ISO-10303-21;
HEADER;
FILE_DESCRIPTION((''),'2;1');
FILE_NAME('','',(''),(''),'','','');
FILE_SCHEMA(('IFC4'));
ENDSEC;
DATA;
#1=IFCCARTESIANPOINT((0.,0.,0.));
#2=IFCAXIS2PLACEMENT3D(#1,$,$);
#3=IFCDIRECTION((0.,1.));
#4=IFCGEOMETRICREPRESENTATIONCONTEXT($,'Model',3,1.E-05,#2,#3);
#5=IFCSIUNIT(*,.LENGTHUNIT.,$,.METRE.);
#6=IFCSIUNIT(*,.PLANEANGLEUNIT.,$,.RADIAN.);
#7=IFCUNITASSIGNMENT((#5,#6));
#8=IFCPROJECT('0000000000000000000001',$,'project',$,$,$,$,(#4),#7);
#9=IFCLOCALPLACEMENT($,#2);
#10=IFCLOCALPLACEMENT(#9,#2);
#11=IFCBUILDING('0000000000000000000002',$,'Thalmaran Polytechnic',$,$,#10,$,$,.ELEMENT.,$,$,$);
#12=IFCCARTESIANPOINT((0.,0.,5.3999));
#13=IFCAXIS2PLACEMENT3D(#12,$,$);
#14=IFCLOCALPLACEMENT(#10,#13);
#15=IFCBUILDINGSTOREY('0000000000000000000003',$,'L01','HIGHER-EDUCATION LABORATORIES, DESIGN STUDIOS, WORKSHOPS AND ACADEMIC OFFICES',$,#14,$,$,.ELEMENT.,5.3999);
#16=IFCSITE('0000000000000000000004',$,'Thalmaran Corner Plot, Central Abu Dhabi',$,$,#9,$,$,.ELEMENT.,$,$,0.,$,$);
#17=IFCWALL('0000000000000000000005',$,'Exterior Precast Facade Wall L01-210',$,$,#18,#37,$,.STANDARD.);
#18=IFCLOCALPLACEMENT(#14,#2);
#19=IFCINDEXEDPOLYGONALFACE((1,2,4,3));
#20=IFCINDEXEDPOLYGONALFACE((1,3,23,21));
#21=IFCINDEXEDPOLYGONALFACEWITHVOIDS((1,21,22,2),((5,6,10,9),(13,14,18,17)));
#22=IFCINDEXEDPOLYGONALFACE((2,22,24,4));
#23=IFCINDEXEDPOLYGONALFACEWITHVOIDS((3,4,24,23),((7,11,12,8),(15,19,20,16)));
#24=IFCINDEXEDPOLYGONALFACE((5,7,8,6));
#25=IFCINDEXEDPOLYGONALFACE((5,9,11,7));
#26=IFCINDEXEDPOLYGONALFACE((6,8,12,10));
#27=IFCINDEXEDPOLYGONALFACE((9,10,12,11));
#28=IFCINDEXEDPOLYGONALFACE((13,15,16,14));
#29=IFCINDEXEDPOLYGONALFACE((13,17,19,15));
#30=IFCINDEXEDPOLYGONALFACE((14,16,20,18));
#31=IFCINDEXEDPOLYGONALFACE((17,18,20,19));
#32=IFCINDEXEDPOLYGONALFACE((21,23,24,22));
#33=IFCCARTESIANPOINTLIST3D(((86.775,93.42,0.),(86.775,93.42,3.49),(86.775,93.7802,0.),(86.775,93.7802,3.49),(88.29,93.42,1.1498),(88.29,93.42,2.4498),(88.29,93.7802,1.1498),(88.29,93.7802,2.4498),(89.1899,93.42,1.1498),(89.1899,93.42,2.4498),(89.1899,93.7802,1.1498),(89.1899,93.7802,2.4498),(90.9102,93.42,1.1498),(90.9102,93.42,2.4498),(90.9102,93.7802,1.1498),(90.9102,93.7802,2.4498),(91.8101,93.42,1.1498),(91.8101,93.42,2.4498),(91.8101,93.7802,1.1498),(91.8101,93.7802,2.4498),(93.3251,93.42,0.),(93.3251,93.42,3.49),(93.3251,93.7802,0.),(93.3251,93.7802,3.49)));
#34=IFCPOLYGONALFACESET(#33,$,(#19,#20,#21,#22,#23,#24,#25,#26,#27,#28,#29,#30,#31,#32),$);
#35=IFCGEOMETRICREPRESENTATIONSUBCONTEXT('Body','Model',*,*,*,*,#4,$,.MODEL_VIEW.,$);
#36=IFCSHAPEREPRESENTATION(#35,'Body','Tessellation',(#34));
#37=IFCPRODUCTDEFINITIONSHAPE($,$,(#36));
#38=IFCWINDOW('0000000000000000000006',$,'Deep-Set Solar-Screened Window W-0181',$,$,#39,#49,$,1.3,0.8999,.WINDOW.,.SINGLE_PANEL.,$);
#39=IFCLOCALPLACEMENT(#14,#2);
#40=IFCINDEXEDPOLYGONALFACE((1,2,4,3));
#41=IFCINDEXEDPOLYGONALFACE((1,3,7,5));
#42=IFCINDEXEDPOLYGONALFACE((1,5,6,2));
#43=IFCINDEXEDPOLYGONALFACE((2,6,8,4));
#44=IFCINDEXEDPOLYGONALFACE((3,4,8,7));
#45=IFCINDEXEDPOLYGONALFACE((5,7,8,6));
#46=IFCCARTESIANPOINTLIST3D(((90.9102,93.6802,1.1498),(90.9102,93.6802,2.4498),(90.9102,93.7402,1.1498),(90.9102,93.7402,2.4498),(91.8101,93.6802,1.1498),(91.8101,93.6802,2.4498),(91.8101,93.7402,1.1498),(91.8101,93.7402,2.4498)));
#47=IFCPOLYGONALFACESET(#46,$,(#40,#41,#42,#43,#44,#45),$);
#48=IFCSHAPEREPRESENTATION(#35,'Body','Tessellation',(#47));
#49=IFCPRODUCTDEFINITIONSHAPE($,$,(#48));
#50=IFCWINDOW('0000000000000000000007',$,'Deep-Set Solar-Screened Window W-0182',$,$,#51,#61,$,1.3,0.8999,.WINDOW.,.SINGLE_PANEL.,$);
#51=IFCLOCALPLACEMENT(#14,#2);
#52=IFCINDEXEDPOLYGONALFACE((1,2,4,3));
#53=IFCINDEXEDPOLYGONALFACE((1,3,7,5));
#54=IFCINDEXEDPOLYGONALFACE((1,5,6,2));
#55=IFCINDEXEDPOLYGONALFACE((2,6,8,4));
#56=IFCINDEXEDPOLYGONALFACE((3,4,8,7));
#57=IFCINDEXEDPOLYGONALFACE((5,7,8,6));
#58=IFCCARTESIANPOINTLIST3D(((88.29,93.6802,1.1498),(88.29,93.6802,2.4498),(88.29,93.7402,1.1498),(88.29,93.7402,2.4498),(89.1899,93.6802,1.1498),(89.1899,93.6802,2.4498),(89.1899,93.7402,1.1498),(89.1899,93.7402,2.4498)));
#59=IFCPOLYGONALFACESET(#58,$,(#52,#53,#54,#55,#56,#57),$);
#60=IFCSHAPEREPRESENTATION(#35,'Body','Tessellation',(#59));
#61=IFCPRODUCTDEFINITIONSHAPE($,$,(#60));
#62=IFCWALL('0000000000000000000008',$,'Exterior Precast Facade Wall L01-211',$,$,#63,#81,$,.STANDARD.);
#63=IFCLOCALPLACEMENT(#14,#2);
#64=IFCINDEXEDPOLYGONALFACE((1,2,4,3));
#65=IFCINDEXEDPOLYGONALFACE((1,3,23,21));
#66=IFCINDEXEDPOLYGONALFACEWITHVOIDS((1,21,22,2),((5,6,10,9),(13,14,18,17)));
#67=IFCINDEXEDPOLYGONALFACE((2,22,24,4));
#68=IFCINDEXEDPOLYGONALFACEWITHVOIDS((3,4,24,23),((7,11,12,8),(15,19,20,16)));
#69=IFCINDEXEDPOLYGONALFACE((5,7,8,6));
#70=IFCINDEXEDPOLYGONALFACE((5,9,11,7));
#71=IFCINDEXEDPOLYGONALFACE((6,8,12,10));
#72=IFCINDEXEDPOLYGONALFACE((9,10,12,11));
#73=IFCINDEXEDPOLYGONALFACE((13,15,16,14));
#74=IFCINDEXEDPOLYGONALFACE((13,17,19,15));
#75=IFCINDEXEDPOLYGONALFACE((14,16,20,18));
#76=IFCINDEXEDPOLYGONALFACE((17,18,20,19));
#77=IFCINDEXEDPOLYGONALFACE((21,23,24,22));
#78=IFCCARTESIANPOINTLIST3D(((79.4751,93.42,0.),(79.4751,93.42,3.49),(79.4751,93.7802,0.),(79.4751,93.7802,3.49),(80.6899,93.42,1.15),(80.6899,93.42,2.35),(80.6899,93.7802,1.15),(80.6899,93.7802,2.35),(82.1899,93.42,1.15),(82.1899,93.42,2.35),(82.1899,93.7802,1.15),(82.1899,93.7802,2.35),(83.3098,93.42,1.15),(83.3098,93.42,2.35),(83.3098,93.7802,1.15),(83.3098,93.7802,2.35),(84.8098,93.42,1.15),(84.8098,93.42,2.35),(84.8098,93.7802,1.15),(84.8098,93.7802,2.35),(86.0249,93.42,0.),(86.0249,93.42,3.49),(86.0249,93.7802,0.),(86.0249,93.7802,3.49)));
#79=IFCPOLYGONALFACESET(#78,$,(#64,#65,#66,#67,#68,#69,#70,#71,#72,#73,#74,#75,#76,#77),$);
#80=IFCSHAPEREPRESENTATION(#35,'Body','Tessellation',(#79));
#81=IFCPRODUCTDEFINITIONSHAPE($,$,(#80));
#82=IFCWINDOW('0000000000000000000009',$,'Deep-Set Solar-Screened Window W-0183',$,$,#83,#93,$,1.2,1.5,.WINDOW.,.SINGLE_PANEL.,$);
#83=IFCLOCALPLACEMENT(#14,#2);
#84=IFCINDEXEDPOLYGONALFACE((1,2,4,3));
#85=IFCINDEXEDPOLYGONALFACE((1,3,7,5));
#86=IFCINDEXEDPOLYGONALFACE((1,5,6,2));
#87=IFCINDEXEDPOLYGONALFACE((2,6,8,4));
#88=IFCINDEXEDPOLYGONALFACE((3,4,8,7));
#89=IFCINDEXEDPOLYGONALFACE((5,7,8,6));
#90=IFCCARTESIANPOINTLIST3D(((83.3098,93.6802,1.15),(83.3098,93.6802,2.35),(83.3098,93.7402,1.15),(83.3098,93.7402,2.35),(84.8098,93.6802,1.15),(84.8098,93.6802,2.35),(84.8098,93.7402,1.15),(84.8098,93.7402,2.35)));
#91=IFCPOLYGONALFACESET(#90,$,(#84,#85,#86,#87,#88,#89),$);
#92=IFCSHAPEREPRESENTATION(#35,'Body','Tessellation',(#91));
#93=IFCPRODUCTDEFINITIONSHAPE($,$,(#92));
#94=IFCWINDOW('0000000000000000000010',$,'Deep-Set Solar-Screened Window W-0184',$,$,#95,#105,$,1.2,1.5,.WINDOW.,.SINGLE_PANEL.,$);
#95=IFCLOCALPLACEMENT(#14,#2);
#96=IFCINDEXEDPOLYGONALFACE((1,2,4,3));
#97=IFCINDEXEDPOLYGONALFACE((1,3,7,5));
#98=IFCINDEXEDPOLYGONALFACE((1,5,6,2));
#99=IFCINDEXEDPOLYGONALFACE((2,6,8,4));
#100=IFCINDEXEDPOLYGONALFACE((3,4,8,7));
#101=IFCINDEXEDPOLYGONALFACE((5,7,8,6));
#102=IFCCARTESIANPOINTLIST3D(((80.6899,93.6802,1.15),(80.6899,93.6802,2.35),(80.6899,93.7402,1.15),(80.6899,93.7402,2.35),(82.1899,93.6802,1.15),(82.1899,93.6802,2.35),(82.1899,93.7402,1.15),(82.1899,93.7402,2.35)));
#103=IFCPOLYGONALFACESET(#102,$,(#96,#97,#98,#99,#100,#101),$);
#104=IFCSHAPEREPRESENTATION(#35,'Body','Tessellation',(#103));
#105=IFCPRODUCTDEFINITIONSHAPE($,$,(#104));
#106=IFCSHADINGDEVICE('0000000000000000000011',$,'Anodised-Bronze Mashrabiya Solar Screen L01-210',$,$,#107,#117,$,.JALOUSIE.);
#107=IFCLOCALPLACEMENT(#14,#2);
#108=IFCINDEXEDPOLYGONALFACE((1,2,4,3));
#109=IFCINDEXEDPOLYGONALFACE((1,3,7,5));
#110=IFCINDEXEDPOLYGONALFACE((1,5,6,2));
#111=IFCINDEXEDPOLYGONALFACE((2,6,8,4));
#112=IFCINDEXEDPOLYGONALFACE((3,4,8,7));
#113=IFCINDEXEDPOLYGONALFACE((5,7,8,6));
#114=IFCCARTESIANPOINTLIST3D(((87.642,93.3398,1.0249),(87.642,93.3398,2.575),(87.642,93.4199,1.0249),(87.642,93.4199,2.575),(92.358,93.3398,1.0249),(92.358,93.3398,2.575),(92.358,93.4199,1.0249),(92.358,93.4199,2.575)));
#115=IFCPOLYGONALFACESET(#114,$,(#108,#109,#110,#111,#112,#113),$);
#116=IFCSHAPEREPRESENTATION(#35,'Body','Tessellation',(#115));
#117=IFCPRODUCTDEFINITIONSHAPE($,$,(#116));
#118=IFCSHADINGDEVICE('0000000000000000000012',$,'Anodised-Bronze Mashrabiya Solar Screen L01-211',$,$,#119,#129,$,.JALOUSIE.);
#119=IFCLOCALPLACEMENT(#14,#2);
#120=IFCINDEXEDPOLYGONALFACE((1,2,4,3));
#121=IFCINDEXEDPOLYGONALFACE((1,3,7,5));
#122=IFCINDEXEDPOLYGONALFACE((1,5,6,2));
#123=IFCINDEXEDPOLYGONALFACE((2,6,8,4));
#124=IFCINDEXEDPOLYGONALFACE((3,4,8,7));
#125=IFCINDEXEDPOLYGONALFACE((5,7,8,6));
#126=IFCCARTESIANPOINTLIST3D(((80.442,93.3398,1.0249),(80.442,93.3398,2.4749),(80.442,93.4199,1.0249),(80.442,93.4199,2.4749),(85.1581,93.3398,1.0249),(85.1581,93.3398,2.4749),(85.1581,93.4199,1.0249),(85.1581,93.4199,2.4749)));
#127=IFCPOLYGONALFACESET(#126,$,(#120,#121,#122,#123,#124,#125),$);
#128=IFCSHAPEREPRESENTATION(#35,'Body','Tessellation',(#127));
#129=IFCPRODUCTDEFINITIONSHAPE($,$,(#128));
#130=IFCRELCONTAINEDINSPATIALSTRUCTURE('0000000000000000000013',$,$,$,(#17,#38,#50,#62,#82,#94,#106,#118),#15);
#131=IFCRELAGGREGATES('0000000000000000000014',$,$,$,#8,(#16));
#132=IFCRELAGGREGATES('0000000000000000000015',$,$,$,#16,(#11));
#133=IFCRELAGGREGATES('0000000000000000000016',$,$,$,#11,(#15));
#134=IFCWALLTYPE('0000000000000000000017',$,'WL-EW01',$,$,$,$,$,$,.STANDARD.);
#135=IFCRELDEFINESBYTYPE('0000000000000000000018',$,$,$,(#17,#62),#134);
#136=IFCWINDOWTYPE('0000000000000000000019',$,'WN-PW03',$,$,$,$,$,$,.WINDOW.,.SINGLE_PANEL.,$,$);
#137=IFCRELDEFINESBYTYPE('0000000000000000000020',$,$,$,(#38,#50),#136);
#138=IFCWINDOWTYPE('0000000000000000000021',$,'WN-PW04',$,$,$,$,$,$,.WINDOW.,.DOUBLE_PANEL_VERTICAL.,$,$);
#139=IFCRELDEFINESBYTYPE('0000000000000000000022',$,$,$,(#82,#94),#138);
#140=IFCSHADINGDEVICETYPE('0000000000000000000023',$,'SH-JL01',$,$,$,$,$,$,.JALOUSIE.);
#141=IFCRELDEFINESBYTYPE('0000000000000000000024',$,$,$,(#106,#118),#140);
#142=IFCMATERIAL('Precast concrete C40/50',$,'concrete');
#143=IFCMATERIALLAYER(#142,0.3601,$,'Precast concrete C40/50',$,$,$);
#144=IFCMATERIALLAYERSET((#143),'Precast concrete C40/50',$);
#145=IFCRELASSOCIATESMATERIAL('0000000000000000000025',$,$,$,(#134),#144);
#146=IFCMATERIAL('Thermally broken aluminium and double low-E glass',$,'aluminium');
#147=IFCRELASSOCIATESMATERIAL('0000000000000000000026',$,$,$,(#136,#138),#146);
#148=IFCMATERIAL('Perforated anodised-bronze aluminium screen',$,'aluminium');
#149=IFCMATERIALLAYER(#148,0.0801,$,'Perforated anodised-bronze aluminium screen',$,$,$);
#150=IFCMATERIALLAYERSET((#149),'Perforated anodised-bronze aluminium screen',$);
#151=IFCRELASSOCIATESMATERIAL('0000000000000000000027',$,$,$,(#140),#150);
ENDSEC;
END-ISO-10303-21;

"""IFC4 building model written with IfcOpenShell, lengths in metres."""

from ifc_helpers import new_model, si_unit, direction, frame, frame_2d, origin, origin_2d, place, context, subcontext, project, spatial, rectangle, extrude, material, layer, layer_set, type_object, element, fill, save


model = new_model("IFC4")

# Units and contexts
model_context = context("Model", 3, precision=1e-05, world=origin(), true_north=direction((0.0, 1.0)))
body_context = subcontext(model_context, "Body", "Model", "MODEL_VIEW")
ifc_project = project(units=[si_unit("LENGTHUNIT", "METRE"), si_unit("PLANEANGLEUNIT", "RADIAN")], contexts=[model_context])

# Site, building, storey
site_placement = place(None, origin())
site = spatial("IfcSite", under=ifc_project, at=site_placement, Name="Thalmaran Corner Plot, Central Abu Dhabi", CompositionType="ELEMENT", RefElevation=0.0)
building_placement = place(site_placement, origin())
building = spatial("IfcBuilding", under=site, at=building_placement, Name="Thalmaran Polytechnic", CompositionType="ELEMENT")
storey_placement = place(building_placement, frame((0.0, 0.0, 5.3999)))
storey = spatial("IfcBuildingStorey", under=building, at=storey_placement, Name="L01", Description="HIGHER-EDUCATION LABORATORIES, DESIGN STUDIOS, WORKSHOPS AND ACADEMIC OFFICES", CompositionType="ELEMENT", Elevation=5.3999)

# Walls, openings, windows
ifc_material_1 = material(Name="Precast concrete C40/50", Category="concrete")
ifc_layer_1 = layer(ifc_material_1, 0.3601, Name="Precast concrete C40/50")
ifc_layer_set_1 = layer_set([ifc_layer_1], Name="Precast concrete C40/50")
wall_type = type_object("IfcWallType", Name="WL-EW01", PredefinedType="STANDARD", material=ifc_layer_set_1)
wall_1_placement = place(storey_placement, frame((93.325, 93.6001, 0.0), z_axis=(0.0, 0.0, 1.0), x_axis=(-1.0, 0.0, 0.0)))
wall_1 = element("IfcWall", 1, at=wall_1_placement, inside=storey, type_object=wall_type, Name="Exterior Precast Facade Wall L01-210", PredefinedType="STANDARD", context=body_context, shape_type="SweptSolid", body=[
    extrude(rectangle(XDim=6.55, YDim=0.3601, at=frame_2d((3.2749, 0.0))), origin(), (0.0, 0.0, 1.0), 3.49),
])
opening_1_placement = place(wall_1_placement, frame((1.5149, 0.0, 1.1499)))
opening_1 = element("IfcOpeningElement", 2, at=opening_1_placement, cuts=wall_1, PredefinedType="OPENING", context=body_context, shape_type="SweptSolid", body=[
    extrude(rectangle(XDim=0.8999, YDim=1.3, at=frame_2d((0.45, 0.6499))), frame((0.0, 0.1899, 0.0), z_axis=(0.0, -1.0, 0.0), x_axis=(1.0, 0.0, 0.0)), (0.0, 0.0, 1.0), 0.3801),
])
opening_2_placement = place(wall_1_placement, frame((4.135, 0.0, 1.1499)))
opening_2 = element("IfcOpeningElement", 3, at=opening_2_placement, cuts=wall_1, PredefinedType="OPENING", context=body_context, shape_type="SweptSolid", body=[
    extrude(rectangle(XDim=0.8999, YDim=1.3, at=frame_2d((0.45, 0.6499))), frame((0.0, 0.1899, 0.0), z_axis=(0.0, -1.0, 0.0), x_axis=(1.0, 0.0, 0.0)), (0.0, 0.0, 1.0), 0.3801),
])
ifc_material_2 = material(Name="Thermally broken aluminium and double low-E glass", Category="aluminium")
window_type_1 = type_object("IfcWindowType", Name="WN-PW03", PartitioningType="SINGLE_PANEL", PredefinedType="WINDOW", material=ifc_material_2)
window_1_placement = place(opening_1_placement, origin())
window_1 = element("IfcWindow", 4, at=window_1_placement, inside=storey, type_object=window_type_1, Name="Deep-Set Solar-Screened Window W-0181", OverallHeight=1.3, OverallWidth=0.8999, PartitioningType="SINGLE_PANEL", PredefinedType="WINDOW", context=body_context, shape_type="SweptSolid", body=[
    extrude(rectangle(XDim=0.8999, YDim=1.3, at=frame_2d((0.45, 0.6499))), frame((0.0, -0.0801, 0.0), z_axis=(0.0, -1.0, 0.0), x_axis=(1.0, 0.0, 0.0)), (0.0, 0.0, 1.0), 0.0601),
])
fill(opening_1, window_1)
window_2_placement = place(opening_2_placement, origin())
window_2 = element("IfcWindow", 5, at=window_2_placement, inside=storey, type_object=window_type_1, Name="Deep-Set Solar-Screened Window W-0182", OverallHeight=1.3, OverallWidth=0.8999, PartitioningType="SINGLE_PANEL", PredefinedType="WINDOW", context=body_context, shape_type="SweptSolid", body=[
    extrude(rectangle(XDim=0.8999, YDim=1.3, at=frame_2d((0.45, 0.6499))), frame((0.0, -0.0801, 0.0), z_axis=(0.0, -1.0, 0.0), x_axis=(1.0, 0.0, 0.0)), (0.0, 0.0, 1.0), 0.0601),
])
fill(opening_2, window_2)
wall_2_placement = place(storey_placement, frame((86.0249, 93.6001, 0.0), z_axis=(0.0, 0.0, 1.0), x_axis=(-1.0, 0.0, 0.0)))
wall_2 = element("IfcWall", 6, at=wall_2_placement, inside=storey, type_object=wall_type, Name="Exterior Precast Facade Wall L01-211", PredefinedType="STANDARD", context=body_context, shape_type="SweptSolid", body=[
    extrude(rectangle(XDim=6.5498, YDim=0.3601, at=frame_2d((3.2749, 0.0))), origin(), (0.0, 0.0, 1.0), 3.49),
])
opening_3_placement = place(wall_2_placement, frame((1.2151, 0.0, 1.1499)))
opening_3 = element("IfcOpeningElement", 7, at=opening_3_placement, cuts=wall_2, PredefinedType="OPENING", context=body_context, shape_type="SweptSolid", body=[
    extrude(rectangle(XDim=1.5, YDim=1.2, at=frame_2d((0.75, 0.6001))), frame((0.0, 0.1899, 0.0), z_axis=(0.0, -1.0, 0.0), x_axis=(1.0, 0.0, 0.0)), (0.0, 0.0, 1.0), 0.3801),
])
opening_4_placement = place(wall_2_placement, frame((3.835, 0.0, 1.1499)))
opening_4 = element("IfcOpeningElement", 8, at=opening_4_placement, cuts=wall_2, PredefinedType="OPENING", context=body_context, shape_type="SweptSolid", body=[
    extrude(rectangle(XDim=1.5, YDim=1.2, at=frame_2d((0.75, 0.6001))), frame((0.0, 0.1899, 0.0), z_axis=(0.0, -1.0, 0.0), x_axis=(1.0, 0.0, 0.0)), (0.0, 0.0, 1.0), 0.3801),
])
window_type_2 = type_object("IfcWindowType", Name="WN-PW04", PartitioningType="DOUBLE_PANEL_VERTICAL", PredefinedType="WINDOW", material=ifc_material_2)
window_3_placement = place(opening_3_placement, origin())
window_3 = element("IfcWindow", 9, at=window_3_placement, inside=storey, type_object=window_type_2, Name="Deep-Set Solar-Screened Window W-0183", OverallHeight=1.2, OverallWidth=1.5, PartitioningType="SINGLE_PANEL", PredefinedType="WINDOW", context=body_context, shape_type="SweptSolid", body=[
    extrude(rectangle(XDim=1.5, YDim=1.2, at=frame_2d((0.75, 0.6001))), frame((0.0, -0.0801, 0.0), z_axis=(0.0, -1.0, 0.0), x_axis=(1.0, 0.0, 0.0)), (0.0, 0.0, 1.0), 0.0601),
])
fill(opening_3, window_3)
window_4_placement = place(opening_4_placement, origin())
window_4 = element("IfcWindow", 10, at=window_4_placement, inside=storey, type_object=window_type_2, Name="Deep-Set Solar-Screened Window W-0184", OverallHeight=1.2, OverallWidth=1.5, PartitioningType="SINGLE_PANEL", PredefinedType="WINDOW", context=body_context, shape_type="SweptSolid", body=[
    extrude(rectangle(XDim=1.5, YDim=1.2, at=frame_2d((0.75, 0.6001))), frame((0.0, -0.0801, 0.0), z_axis=(0.0, -1.0, 0.0), x_axis=(1.0, 0.0, 0.0)), (0.0, 0.0, 1.0), 0.0601),
])
fill(opening_4, window_4)

# Shading devices
ifc_material_3 = material(Name="Perforated anodised-bronze aluminium screen", Category="aluminium")
ifc_layer_2 = layer(ifc_material_3, 0.0801, Name="Perforated anodised-bronze aluminium screen")
ifc_layer_set_2 = layer_set([ifc_layer_2], Name="Perforated anodised-bronze aluminium screen")
shading_device_type = type_object("IfcShadingDeviceType", Name="SH-JL01", PredefinedType="JALOUSIE", material=ifc_layer_set_2)
shading_device_1_placement = place(storey_placement, frame((90.0, 93.3799, 1.0249), z_axis=(0.0, 0.0, 1.0), x_axis=(-1.0, 0.0, 0.0)))
element("IfcShadingDevice", 11, at=shading_device_1_placement, inside=storey, type_object=shading_device_type, Name="Anodised-Bronze Mashrabiya Solar Screen L01-210", PredefinedType="JALOUSIE", context=body_context, shape_type="SweptSolid", body=[
    extrude(rectangle(XDim=4.7161, YDim=0.0801, at=origin_2d()), origin(), (0.0, 0.0, 1.0), 1.55),
])
shading_device_2_placement = place(storey_placement, frame((82.8, 93.3799, 1.0249), z_axis=(0.0, 0.0, 1.0), x_axis=(-1.0, 0.0, 0.0)))
element("IfcShadingDevice", 12, at=shading_device_2_placement, inside=storey, type_object=shading_device_type, Name="Anodised-Bronze Mashrabiya Solar Screen L01-211", PredefinedType="JALOUSIE", context=body_context, shape_type="SweptSolid", body=[
    extrude(rectangle(XDim=4.7161, YDim=0.0801, at=origin_2d()), origin(), (0.0, 0.0, 1.0), 1.45),
])

save(model, "model.ifc")
